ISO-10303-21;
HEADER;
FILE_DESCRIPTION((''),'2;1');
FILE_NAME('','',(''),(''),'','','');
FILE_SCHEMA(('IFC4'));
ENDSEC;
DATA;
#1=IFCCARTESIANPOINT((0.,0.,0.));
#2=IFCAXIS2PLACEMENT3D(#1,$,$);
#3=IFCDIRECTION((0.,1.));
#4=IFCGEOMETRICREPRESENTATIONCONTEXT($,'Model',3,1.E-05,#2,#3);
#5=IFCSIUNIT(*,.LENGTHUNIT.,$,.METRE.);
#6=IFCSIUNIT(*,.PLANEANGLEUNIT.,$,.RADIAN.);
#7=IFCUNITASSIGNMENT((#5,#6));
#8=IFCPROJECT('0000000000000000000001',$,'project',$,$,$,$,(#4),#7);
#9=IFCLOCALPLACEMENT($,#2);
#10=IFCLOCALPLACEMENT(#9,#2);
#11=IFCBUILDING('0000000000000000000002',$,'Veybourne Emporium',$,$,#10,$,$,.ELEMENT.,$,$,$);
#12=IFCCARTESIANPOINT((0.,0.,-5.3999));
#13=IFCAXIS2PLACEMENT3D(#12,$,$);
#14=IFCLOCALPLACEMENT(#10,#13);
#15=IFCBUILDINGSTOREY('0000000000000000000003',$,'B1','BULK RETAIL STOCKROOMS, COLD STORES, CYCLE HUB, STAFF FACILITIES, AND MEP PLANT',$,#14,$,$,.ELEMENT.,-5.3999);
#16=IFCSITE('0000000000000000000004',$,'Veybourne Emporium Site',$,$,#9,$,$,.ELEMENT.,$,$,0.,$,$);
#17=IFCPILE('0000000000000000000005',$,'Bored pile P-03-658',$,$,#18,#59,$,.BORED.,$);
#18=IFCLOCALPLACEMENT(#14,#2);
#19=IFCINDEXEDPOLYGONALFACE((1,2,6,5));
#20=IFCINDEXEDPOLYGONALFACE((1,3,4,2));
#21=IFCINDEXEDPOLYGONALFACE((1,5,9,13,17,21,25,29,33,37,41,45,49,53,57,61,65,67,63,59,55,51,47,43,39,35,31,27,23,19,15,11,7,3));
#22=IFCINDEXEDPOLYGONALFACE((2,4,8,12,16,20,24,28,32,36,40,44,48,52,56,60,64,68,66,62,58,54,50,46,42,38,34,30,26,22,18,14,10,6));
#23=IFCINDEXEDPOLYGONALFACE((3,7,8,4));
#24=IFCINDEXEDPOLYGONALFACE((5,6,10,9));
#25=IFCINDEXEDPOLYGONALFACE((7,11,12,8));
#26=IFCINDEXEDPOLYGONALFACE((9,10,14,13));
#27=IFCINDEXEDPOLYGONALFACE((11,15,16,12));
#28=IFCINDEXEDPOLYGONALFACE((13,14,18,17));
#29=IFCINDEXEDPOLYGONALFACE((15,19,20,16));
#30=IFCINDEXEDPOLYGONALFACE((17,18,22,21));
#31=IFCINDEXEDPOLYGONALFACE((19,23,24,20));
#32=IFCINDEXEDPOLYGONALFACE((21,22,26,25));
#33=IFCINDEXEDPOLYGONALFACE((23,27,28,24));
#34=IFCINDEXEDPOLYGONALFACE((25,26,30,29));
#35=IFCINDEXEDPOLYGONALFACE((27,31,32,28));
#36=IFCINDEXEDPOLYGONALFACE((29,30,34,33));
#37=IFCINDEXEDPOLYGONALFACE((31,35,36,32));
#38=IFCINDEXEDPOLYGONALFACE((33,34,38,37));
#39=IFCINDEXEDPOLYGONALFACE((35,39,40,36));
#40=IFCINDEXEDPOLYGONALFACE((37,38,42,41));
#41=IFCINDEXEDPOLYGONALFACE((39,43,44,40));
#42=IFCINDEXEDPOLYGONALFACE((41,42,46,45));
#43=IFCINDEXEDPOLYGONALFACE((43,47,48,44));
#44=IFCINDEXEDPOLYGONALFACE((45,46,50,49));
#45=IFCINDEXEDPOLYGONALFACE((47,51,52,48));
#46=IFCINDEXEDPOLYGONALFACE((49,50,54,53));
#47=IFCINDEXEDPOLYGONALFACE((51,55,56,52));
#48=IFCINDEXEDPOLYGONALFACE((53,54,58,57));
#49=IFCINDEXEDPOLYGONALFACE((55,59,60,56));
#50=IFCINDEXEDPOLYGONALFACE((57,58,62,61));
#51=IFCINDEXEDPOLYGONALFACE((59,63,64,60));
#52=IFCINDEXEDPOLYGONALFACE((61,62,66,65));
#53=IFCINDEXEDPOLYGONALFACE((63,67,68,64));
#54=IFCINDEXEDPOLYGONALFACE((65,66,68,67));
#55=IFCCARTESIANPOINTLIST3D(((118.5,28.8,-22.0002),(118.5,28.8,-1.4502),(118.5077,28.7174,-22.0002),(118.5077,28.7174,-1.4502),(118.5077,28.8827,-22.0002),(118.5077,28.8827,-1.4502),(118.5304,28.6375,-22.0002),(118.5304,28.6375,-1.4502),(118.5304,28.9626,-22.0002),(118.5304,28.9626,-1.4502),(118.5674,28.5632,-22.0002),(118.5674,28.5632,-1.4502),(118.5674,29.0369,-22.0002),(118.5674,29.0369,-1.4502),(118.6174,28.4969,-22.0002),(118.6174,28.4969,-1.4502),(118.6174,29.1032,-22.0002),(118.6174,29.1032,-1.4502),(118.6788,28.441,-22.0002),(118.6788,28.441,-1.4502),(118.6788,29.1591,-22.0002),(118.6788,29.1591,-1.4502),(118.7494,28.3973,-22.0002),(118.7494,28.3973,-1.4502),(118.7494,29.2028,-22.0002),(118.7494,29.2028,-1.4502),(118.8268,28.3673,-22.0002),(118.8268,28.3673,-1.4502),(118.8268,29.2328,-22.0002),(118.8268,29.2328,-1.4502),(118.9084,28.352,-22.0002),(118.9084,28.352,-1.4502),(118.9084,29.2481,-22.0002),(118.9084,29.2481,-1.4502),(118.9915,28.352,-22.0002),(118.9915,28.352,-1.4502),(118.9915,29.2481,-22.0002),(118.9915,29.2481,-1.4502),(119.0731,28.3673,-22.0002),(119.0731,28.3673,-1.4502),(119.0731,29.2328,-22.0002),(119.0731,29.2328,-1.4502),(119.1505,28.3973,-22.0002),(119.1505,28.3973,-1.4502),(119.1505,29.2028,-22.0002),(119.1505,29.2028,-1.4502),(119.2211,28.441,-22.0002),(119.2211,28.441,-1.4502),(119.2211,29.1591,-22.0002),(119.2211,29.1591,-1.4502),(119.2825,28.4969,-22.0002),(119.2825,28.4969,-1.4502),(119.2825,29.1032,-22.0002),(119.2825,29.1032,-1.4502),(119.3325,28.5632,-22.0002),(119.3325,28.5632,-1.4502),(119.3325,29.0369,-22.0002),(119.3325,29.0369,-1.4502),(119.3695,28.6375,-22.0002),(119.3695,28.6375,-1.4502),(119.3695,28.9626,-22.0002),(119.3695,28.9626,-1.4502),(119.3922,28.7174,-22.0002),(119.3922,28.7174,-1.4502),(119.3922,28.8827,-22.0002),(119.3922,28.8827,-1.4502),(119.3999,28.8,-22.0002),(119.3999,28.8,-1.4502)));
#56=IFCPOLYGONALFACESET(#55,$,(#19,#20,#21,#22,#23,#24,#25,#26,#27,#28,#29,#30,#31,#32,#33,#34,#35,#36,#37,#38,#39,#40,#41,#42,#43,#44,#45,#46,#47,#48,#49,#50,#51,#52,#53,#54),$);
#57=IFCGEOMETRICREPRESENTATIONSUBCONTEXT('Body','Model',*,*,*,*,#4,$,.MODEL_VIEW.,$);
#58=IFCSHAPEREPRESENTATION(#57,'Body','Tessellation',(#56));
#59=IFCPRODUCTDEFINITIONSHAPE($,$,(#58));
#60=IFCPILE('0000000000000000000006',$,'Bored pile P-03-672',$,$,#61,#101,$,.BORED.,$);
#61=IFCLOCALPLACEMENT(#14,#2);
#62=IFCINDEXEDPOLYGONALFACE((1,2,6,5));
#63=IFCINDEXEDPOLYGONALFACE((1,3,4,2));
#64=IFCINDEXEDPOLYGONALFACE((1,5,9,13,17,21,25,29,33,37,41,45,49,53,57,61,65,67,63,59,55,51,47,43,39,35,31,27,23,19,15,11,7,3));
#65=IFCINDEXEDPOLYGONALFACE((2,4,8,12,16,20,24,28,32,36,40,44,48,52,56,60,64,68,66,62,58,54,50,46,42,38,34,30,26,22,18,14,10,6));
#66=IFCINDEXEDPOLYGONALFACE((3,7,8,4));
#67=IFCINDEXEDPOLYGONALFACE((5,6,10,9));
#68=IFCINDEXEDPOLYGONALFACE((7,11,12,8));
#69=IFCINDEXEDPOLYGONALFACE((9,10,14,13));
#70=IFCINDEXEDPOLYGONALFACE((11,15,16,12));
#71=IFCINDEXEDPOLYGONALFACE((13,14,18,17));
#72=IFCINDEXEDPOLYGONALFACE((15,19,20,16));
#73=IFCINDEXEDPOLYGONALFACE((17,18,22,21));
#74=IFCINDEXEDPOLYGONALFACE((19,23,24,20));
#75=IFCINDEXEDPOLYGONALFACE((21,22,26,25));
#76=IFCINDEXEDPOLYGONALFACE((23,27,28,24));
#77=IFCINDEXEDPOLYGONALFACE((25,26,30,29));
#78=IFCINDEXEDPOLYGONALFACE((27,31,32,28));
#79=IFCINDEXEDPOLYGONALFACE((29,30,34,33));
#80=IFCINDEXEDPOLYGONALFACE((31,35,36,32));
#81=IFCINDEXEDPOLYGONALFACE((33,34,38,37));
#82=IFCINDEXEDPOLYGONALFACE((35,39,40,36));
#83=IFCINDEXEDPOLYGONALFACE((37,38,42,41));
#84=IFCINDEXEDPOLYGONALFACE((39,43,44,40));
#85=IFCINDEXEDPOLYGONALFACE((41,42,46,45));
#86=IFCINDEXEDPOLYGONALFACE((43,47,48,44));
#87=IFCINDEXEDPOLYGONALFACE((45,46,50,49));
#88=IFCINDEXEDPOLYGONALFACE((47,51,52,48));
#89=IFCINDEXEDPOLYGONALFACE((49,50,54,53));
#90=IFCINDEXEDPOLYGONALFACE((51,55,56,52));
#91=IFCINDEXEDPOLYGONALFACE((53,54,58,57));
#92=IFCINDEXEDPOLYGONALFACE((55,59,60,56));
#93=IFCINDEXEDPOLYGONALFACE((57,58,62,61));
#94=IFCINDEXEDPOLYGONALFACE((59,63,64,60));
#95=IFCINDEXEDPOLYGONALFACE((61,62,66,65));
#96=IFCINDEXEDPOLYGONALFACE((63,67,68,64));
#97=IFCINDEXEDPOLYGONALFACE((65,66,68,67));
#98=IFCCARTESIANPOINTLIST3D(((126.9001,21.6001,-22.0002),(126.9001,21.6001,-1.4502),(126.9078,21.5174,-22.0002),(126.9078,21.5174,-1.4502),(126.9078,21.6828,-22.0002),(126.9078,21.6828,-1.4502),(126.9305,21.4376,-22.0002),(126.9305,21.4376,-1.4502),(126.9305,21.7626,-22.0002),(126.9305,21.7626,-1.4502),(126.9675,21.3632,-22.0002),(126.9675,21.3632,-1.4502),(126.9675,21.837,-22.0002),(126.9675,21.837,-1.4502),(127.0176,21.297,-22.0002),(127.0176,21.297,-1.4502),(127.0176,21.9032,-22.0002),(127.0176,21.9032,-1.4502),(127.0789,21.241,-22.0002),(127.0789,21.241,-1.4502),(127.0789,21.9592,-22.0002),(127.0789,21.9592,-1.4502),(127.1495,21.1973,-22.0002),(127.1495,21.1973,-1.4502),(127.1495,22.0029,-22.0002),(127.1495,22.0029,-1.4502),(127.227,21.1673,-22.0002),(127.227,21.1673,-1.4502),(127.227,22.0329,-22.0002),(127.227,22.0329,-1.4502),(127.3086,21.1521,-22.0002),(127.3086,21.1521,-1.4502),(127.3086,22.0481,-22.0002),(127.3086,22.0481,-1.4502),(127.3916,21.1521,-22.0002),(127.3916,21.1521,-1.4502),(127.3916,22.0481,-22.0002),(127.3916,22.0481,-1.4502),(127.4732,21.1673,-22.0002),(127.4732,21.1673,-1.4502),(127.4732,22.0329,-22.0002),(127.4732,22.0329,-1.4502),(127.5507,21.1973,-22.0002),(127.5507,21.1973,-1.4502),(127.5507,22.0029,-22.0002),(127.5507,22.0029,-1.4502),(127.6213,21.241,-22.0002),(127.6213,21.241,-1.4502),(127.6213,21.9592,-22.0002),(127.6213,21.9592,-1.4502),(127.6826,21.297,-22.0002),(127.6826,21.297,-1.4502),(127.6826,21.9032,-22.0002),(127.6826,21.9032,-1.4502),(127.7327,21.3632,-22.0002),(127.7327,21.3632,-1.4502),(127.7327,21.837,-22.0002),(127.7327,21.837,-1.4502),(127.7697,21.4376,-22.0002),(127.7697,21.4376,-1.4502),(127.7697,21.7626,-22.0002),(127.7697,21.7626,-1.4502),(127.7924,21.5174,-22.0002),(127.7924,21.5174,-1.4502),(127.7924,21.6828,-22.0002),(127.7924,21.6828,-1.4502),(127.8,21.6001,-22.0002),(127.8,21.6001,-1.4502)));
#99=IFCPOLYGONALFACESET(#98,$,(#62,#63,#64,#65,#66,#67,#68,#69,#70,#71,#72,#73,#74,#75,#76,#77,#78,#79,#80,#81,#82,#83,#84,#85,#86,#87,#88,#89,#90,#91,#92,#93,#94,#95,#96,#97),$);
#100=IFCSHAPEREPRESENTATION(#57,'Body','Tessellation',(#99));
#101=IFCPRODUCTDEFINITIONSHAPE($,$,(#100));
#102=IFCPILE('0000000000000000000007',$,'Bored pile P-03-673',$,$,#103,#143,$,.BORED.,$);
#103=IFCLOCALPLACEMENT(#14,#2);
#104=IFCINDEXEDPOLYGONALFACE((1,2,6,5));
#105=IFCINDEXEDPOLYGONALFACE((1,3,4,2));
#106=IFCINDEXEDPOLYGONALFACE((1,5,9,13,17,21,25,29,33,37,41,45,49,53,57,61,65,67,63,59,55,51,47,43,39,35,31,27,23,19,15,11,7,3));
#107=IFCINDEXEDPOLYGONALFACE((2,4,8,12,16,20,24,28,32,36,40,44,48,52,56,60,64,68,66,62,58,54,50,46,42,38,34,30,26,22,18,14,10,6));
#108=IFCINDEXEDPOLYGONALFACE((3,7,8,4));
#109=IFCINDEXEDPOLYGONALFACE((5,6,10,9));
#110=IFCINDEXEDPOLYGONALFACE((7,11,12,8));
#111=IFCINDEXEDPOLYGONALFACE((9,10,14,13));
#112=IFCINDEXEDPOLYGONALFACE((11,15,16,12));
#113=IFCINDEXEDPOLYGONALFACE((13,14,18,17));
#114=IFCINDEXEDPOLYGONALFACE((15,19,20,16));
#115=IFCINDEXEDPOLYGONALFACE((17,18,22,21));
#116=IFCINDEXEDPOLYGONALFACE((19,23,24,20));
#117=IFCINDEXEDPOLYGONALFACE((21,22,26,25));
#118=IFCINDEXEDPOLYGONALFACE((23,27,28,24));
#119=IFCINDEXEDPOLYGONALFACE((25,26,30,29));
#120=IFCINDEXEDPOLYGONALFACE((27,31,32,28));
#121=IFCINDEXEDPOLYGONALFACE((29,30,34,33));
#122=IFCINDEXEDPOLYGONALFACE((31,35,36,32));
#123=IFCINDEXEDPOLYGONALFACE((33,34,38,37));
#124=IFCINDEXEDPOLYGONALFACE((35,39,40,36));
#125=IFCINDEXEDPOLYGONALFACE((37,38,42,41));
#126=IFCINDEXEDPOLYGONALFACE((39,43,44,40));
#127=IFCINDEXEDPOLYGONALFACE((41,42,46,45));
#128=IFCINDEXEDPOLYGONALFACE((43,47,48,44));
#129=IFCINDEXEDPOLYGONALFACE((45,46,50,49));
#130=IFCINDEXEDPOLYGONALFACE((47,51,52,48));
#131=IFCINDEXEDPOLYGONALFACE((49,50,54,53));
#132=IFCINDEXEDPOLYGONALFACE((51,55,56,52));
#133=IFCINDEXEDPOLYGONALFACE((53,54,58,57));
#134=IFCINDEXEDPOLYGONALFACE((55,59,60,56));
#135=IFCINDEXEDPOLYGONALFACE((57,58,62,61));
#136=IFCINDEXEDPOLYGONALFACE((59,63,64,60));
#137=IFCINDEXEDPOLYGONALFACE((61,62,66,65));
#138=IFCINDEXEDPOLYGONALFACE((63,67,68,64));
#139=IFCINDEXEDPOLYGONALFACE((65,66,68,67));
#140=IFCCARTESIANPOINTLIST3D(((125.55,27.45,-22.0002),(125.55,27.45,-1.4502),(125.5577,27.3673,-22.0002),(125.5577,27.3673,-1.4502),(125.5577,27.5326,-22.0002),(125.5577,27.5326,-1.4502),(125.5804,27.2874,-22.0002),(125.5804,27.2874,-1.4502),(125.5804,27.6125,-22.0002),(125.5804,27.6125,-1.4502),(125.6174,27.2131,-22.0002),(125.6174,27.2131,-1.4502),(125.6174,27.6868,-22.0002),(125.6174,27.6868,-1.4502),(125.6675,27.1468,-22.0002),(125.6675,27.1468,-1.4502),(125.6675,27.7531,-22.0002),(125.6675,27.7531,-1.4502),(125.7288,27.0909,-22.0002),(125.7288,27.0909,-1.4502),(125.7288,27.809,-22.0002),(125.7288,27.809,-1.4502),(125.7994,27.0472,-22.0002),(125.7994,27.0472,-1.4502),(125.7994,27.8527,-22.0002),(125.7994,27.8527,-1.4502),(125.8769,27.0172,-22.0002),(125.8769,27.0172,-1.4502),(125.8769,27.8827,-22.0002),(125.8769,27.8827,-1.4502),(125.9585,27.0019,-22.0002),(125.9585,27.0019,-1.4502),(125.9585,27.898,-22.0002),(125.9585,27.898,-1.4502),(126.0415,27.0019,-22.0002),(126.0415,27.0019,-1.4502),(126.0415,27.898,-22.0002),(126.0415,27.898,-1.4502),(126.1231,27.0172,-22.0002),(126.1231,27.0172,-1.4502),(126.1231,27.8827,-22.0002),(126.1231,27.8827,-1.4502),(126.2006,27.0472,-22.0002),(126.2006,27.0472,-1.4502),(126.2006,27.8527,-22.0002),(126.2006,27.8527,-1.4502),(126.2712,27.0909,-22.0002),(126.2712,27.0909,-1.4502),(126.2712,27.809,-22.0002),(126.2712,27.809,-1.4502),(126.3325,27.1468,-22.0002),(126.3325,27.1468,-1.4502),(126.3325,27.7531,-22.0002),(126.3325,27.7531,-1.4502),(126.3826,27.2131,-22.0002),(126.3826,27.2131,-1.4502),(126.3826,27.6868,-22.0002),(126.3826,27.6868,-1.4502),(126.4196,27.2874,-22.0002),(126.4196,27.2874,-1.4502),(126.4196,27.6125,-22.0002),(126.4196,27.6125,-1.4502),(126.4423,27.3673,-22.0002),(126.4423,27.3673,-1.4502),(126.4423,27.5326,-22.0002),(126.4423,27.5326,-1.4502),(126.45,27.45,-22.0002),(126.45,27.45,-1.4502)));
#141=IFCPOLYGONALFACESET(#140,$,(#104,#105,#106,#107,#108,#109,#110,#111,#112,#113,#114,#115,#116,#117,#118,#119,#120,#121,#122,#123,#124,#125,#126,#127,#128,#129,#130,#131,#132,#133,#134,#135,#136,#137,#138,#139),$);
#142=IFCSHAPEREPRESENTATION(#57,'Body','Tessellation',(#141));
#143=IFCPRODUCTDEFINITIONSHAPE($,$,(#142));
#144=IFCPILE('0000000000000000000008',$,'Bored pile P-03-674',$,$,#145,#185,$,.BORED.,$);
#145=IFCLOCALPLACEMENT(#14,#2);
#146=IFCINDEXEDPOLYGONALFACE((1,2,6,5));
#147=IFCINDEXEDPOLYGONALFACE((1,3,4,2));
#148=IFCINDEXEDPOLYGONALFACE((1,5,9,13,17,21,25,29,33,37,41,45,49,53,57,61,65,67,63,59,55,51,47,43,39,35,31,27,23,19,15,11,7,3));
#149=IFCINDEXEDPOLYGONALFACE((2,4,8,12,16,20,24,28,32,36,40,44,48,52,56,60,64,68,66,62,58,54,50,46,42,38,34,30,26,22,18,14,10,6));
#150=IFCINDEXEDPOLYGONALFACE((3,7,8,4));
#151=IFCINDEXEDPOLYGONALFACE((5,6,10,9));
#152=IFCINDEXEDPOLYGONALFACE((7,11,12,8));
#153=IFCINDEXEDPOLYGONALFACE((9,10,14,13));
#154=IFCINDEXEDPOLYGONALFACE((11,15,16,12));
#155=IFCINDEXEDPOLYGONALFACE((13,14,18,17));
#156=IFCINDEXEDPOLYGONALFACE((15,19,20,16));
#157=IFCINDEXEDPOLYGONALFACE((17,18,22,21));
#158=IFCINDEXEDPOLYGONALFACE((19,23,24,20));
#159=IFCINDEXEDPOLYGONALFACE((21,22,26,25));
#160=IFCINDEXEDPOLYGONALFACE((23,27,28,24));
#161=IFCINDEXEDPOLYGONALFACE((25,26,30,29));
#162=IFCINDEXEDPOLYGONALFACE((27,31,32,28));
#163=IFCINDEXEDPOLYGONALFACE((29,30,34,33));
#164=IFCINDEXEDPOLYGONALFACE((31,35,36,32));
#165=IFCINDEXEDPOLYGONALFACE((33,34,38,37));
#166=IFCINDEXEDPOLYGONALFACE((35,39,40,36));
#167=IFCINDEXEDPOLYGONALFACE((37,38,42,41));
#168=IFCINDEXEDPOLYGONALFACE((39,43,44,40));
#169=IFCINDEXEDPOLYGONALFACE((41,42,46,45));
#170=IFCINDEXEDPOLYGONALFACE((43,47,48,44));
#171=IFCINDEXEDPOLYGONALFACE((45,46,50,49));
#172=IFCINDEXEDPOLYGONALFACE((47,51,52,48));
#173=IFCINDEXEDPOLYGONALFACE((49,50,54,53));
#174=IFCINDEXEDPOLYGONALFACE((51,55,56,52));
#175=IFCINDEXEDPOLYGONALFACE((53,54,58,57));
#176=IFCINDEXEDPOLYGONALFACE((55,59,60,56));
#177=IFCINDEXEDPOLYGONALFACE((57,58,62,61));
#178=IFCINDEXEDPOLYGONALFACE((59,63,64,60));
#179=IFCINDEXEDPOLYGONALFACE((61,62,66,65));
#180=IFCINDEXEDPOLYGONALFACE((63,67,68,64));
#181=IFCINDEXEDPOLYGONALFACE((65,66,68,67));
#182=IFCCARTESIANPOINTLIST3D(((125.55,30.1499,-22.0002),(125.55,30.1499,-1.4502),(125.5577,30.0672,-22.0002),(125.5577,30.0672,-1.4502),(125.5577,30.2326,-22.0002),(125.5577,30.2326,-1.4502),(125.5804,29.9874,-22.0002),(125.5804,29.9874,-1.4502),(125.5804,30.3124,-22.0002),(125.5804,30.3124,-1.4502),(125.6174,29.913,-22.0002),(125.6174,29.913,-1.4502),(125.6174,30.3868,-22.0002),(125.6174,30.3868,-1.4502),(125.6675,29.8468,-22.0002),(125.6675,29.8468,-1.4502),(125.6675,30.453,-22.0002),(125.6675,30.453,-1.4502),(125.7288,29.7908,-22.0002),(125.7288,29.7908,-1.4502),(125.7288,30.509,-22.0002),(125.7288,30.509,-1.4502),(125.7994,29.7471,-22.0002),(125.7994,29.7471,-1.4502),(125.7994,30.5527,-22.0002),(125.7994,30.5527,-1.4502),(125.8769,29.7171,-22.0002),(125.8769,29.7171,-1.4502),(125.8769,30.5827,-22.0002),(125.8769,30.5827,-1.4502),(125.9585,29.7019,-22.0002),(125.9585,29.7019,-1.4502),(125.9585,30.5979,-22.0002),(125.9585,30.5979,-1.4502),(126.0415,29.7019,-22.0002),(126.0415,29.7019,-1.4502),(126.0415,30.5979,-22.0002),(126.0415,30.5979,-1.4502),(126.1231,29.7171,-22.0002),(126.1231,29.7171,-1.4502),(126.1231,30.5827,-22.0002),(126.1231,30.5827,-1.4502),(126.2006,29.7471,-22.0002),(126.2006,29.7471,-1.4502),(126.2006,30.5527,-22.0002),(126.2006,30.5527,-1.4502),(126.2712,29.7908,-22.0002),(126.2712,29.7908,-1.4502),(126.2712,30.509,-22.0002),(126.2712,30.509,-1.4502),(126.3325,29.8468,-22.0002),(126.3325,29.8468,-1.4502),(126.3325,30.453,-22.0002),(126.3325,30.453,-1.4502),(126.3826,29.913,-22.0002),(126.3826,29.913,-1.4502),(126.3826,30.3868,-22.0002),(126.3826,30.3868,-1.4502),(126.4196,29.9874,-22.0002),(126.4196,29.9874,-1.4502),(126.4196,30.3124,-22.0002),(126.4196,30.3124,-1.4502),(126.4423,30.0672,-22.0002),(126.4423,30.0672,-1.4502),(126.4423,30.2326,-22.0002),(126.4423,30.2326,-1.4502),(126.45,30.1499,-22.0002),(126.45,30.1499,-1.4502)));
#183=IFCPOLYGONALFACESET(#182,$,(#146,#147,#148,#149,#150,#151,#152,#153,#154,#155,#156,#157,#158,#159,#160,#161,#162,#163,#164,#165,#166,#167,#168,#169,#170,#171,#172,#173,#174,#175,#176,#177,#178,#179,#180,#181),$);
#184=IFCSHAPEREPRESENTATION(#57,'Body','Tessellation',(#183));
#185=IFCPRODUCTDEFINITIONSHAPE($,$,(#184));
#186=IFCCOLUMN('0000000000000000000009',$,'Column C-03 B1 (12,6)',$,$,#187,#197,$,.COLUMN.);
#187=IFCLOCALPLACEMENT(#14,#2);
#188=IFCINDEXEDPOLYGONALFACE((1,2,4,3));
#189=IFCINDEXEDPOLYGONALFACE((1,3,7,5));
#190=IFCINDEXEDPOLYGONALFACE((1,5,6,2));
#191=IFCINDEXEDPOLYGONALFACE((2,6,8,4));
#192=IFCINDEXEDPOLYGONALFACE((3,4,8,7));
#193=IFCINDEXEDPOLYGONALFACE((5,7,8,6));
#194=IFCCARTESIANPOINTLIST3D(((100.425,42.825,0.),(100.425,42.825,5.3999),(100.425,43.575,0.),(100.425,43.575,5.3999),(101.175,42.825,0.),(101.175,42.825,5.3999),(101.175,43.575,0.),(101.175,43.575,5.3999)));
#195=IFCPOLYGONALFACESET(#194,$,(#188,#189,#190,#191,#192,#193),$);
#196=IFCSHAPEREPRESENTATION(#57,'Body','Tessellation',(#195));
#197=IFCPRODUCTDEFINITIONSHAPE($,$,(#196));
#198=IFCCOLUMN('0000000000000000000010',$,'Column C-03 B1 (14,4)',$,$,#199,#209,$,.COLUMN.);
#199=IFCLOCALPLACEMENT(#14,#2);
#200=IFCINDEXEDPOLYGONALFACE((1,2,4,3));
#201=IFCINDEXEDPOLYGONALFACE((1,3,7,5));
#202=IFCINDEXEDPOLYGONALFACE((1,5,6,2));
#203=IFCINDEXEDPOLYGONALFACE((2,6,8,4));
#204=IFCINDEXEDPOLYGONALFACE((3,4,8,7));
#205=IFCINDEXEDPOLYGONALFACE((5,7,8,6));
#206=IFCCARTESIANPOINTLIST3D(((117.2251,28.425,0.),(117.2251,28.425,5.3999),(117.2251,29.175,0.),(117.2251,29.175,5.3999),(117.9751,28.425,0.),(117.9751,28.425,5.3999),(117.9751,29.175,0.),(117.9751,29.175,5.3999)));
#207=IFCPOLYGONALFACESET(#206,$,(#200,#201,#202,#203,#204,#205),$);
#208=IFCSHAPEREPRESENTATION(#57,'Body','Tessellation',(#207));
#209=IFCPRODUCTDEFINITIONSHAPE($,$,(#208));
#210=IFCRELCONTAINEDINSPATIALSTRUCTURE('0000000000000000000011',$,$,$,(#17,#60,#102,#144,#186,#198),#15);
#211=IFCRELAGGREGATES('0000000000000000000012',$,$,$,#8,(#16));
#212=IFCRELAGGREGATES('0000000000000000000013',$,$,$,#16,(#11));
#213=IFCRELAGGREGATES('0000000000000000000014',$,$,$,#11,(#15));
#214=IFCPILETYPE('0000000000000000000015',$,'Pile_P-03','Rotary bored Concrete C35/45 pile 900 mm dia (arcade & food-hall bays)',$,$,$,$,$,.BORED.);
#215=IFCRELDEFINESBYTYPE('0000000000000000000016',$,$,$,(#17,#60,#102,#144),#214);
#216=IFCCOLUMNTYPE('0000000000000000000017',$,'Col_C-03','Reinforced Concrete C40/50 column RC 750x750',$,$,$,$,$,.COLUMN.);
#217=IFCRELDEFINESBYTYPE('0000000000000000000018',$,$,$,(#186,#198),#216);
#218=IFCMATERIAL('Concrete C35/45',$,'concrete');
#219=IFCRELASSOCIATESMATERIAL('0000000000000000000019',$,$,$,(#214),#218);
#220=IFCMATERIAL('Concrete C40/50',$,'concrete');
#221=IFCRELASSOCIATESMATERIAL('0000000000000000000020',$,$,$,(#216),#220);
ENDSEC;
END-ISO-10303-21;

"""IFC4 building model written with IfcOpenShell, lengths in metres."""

from ifc_helpers import new_model, si_unit, direction, frame, origin, origin_2d, place, context, subcontext, project, spatial, rectangle, circle, extrude, material, material_profile, profile_set, type_object, element, save


model = new_model("IFC4")

# Units and contexts
model_context = context("Model", 3, precision=1e-05, world=origin(), true_north=direction((0.0, 1.0)))
body_context = subcontext(model_context, "Body", "Model", "MODEL_VIEW")
ifc_project = project(units=[si_unit("LENGTHUNIT", "METRE"), si_unit("PLANEANGLEUNIT", "RADIAN")], contexts=[model_context])

# Site, building, storey
site_placement = place(None, origin())
site = spatial("IfcSite", under=ifc_project, at=site_placement, Name="Veybourne Emporium Site", CompositionType="ELEMENT", RefElevation=0.0)
building_placement = place(site_placement, origin())
building = spatial("IfcBuilding", under=site, at=building_placement, Name="Veybourne Emporium", CompositionType="ELEMENT")
storey_placement = place(building_placement, frame((0.0, 0.0, -5.3999)))
storey = spatial("IfcBuildingStorey", under=building, at=storey_placement, Name="B1", Description="BULK RETAIL STOCKROOMS, COLD STORES, CYCLE HUB, STAFF FACILITIES, AND MEP PLANT", CompositionType="ELEMENT", Elevation=-5.3999)

# Shared definitions
ifc_material_1 = material(Name="Concrete C35/45", Category="concrete")

# Piles
ifc_material_profile_1 = material_profile(ifc_material_1, circle(Radius=0.45, at=origin_2d()), Name="BORED PILE 900")
ifc_profile_set_1 = profile_set([ifc_material_profile_1], Name="Concrete C35/45")
pile_type_1 = type_object("IfcPileType", Name="Pile_P-03", Description="Rotary bored Concrete C35/45 pile 900 mm dia (arcade & food-hall bays)", PredefinedType="BORED", material=ifc_profile_set_1)
for number, where, z_axis, x_axis, name in (
    (1, (118.95, 28.8, -1.4502), (0.0, 0.0, -1.0), (1.0, 0.0, 0.0), "Bored pile P-03-658"),
    (2, (127.3501, 21.6001, -1.4502), (0.0, 0.0, -1.0), (1.0, 0.0, 0.0), "Bored pile P-03-672"),
    (3, (126.0, 27.45, -1.4502), (0.0, 0.0, -1.0), (1.0, 0.0, 0.0), "Bored pile P-03-673"),
    (4, (126.0, 30.1499, -1.4502), (0.0, 0.0, -1.0), (1.0, 0.0, 0.0), "Bored pile P-03-674"),
):
    element("IfcPile", number, at=place(storey_placement, frame(where, z_axis=z_axis, x_axis=x_axis)), inside=storey, type_object=pile_type_1, Name=name, PredefinedType="BORED", context=body_context, shape_type="SweptSolid", body=[
        extrude(circle(Radius=0.45, at=origin_2d()), origin(), (0.0, 0.0, 1.0), 20.55),
    ])

# Columns
ifc_material_2 = material(Name="Concrete C40/50", Category="concrete")
ifc_material_profile_2 = material_profile(ifc_material_2, rectangle(XDim=0.75, YDim=0.75, at=origin_2d()), Name="RC 750x750")
ifc_profile_set_2 = profile_set([ifc_material_profile_2], Name="Concrete C40/50")
column_type_1 = type_object("IfcColumnType", Name="Col_C-03", Description="Reinforced Concrete C40/50 column RC 750x750", PredefinedType="COLUMN", material=ifc_profile_set_2)
for number, where, z_axis, x_axis, name in (
    (5, (100.8, 43.2, 0.0), (0.0, 0.0, 1.0), (1.0, 0.0, 0.0), "Column C-03 B1 (12,6)"),
    (6, (117.6001, 28.8, 0.0), (0.0, 0.0, 1.0), (1.0, 0.0, 0.0), "Column C-03 B1 (14,4)"),
):
    element("IfcColumn", number, at=place(storey_placement, frame(where, z_axis=z_axis, x_axis=x_axis)), inside=storey, type_object=column_type_1, Name=name, PredefinedType="COLUMN", context=body_context, shape_type="SweptSolid", body=[
        extrude(rectangle(XDim=0.75, YDim=0.75, at=origin_2d()), origin(), (0.0, 0.0, 1.0), 5.3999),
    ])

save(model, "model.ifc")
